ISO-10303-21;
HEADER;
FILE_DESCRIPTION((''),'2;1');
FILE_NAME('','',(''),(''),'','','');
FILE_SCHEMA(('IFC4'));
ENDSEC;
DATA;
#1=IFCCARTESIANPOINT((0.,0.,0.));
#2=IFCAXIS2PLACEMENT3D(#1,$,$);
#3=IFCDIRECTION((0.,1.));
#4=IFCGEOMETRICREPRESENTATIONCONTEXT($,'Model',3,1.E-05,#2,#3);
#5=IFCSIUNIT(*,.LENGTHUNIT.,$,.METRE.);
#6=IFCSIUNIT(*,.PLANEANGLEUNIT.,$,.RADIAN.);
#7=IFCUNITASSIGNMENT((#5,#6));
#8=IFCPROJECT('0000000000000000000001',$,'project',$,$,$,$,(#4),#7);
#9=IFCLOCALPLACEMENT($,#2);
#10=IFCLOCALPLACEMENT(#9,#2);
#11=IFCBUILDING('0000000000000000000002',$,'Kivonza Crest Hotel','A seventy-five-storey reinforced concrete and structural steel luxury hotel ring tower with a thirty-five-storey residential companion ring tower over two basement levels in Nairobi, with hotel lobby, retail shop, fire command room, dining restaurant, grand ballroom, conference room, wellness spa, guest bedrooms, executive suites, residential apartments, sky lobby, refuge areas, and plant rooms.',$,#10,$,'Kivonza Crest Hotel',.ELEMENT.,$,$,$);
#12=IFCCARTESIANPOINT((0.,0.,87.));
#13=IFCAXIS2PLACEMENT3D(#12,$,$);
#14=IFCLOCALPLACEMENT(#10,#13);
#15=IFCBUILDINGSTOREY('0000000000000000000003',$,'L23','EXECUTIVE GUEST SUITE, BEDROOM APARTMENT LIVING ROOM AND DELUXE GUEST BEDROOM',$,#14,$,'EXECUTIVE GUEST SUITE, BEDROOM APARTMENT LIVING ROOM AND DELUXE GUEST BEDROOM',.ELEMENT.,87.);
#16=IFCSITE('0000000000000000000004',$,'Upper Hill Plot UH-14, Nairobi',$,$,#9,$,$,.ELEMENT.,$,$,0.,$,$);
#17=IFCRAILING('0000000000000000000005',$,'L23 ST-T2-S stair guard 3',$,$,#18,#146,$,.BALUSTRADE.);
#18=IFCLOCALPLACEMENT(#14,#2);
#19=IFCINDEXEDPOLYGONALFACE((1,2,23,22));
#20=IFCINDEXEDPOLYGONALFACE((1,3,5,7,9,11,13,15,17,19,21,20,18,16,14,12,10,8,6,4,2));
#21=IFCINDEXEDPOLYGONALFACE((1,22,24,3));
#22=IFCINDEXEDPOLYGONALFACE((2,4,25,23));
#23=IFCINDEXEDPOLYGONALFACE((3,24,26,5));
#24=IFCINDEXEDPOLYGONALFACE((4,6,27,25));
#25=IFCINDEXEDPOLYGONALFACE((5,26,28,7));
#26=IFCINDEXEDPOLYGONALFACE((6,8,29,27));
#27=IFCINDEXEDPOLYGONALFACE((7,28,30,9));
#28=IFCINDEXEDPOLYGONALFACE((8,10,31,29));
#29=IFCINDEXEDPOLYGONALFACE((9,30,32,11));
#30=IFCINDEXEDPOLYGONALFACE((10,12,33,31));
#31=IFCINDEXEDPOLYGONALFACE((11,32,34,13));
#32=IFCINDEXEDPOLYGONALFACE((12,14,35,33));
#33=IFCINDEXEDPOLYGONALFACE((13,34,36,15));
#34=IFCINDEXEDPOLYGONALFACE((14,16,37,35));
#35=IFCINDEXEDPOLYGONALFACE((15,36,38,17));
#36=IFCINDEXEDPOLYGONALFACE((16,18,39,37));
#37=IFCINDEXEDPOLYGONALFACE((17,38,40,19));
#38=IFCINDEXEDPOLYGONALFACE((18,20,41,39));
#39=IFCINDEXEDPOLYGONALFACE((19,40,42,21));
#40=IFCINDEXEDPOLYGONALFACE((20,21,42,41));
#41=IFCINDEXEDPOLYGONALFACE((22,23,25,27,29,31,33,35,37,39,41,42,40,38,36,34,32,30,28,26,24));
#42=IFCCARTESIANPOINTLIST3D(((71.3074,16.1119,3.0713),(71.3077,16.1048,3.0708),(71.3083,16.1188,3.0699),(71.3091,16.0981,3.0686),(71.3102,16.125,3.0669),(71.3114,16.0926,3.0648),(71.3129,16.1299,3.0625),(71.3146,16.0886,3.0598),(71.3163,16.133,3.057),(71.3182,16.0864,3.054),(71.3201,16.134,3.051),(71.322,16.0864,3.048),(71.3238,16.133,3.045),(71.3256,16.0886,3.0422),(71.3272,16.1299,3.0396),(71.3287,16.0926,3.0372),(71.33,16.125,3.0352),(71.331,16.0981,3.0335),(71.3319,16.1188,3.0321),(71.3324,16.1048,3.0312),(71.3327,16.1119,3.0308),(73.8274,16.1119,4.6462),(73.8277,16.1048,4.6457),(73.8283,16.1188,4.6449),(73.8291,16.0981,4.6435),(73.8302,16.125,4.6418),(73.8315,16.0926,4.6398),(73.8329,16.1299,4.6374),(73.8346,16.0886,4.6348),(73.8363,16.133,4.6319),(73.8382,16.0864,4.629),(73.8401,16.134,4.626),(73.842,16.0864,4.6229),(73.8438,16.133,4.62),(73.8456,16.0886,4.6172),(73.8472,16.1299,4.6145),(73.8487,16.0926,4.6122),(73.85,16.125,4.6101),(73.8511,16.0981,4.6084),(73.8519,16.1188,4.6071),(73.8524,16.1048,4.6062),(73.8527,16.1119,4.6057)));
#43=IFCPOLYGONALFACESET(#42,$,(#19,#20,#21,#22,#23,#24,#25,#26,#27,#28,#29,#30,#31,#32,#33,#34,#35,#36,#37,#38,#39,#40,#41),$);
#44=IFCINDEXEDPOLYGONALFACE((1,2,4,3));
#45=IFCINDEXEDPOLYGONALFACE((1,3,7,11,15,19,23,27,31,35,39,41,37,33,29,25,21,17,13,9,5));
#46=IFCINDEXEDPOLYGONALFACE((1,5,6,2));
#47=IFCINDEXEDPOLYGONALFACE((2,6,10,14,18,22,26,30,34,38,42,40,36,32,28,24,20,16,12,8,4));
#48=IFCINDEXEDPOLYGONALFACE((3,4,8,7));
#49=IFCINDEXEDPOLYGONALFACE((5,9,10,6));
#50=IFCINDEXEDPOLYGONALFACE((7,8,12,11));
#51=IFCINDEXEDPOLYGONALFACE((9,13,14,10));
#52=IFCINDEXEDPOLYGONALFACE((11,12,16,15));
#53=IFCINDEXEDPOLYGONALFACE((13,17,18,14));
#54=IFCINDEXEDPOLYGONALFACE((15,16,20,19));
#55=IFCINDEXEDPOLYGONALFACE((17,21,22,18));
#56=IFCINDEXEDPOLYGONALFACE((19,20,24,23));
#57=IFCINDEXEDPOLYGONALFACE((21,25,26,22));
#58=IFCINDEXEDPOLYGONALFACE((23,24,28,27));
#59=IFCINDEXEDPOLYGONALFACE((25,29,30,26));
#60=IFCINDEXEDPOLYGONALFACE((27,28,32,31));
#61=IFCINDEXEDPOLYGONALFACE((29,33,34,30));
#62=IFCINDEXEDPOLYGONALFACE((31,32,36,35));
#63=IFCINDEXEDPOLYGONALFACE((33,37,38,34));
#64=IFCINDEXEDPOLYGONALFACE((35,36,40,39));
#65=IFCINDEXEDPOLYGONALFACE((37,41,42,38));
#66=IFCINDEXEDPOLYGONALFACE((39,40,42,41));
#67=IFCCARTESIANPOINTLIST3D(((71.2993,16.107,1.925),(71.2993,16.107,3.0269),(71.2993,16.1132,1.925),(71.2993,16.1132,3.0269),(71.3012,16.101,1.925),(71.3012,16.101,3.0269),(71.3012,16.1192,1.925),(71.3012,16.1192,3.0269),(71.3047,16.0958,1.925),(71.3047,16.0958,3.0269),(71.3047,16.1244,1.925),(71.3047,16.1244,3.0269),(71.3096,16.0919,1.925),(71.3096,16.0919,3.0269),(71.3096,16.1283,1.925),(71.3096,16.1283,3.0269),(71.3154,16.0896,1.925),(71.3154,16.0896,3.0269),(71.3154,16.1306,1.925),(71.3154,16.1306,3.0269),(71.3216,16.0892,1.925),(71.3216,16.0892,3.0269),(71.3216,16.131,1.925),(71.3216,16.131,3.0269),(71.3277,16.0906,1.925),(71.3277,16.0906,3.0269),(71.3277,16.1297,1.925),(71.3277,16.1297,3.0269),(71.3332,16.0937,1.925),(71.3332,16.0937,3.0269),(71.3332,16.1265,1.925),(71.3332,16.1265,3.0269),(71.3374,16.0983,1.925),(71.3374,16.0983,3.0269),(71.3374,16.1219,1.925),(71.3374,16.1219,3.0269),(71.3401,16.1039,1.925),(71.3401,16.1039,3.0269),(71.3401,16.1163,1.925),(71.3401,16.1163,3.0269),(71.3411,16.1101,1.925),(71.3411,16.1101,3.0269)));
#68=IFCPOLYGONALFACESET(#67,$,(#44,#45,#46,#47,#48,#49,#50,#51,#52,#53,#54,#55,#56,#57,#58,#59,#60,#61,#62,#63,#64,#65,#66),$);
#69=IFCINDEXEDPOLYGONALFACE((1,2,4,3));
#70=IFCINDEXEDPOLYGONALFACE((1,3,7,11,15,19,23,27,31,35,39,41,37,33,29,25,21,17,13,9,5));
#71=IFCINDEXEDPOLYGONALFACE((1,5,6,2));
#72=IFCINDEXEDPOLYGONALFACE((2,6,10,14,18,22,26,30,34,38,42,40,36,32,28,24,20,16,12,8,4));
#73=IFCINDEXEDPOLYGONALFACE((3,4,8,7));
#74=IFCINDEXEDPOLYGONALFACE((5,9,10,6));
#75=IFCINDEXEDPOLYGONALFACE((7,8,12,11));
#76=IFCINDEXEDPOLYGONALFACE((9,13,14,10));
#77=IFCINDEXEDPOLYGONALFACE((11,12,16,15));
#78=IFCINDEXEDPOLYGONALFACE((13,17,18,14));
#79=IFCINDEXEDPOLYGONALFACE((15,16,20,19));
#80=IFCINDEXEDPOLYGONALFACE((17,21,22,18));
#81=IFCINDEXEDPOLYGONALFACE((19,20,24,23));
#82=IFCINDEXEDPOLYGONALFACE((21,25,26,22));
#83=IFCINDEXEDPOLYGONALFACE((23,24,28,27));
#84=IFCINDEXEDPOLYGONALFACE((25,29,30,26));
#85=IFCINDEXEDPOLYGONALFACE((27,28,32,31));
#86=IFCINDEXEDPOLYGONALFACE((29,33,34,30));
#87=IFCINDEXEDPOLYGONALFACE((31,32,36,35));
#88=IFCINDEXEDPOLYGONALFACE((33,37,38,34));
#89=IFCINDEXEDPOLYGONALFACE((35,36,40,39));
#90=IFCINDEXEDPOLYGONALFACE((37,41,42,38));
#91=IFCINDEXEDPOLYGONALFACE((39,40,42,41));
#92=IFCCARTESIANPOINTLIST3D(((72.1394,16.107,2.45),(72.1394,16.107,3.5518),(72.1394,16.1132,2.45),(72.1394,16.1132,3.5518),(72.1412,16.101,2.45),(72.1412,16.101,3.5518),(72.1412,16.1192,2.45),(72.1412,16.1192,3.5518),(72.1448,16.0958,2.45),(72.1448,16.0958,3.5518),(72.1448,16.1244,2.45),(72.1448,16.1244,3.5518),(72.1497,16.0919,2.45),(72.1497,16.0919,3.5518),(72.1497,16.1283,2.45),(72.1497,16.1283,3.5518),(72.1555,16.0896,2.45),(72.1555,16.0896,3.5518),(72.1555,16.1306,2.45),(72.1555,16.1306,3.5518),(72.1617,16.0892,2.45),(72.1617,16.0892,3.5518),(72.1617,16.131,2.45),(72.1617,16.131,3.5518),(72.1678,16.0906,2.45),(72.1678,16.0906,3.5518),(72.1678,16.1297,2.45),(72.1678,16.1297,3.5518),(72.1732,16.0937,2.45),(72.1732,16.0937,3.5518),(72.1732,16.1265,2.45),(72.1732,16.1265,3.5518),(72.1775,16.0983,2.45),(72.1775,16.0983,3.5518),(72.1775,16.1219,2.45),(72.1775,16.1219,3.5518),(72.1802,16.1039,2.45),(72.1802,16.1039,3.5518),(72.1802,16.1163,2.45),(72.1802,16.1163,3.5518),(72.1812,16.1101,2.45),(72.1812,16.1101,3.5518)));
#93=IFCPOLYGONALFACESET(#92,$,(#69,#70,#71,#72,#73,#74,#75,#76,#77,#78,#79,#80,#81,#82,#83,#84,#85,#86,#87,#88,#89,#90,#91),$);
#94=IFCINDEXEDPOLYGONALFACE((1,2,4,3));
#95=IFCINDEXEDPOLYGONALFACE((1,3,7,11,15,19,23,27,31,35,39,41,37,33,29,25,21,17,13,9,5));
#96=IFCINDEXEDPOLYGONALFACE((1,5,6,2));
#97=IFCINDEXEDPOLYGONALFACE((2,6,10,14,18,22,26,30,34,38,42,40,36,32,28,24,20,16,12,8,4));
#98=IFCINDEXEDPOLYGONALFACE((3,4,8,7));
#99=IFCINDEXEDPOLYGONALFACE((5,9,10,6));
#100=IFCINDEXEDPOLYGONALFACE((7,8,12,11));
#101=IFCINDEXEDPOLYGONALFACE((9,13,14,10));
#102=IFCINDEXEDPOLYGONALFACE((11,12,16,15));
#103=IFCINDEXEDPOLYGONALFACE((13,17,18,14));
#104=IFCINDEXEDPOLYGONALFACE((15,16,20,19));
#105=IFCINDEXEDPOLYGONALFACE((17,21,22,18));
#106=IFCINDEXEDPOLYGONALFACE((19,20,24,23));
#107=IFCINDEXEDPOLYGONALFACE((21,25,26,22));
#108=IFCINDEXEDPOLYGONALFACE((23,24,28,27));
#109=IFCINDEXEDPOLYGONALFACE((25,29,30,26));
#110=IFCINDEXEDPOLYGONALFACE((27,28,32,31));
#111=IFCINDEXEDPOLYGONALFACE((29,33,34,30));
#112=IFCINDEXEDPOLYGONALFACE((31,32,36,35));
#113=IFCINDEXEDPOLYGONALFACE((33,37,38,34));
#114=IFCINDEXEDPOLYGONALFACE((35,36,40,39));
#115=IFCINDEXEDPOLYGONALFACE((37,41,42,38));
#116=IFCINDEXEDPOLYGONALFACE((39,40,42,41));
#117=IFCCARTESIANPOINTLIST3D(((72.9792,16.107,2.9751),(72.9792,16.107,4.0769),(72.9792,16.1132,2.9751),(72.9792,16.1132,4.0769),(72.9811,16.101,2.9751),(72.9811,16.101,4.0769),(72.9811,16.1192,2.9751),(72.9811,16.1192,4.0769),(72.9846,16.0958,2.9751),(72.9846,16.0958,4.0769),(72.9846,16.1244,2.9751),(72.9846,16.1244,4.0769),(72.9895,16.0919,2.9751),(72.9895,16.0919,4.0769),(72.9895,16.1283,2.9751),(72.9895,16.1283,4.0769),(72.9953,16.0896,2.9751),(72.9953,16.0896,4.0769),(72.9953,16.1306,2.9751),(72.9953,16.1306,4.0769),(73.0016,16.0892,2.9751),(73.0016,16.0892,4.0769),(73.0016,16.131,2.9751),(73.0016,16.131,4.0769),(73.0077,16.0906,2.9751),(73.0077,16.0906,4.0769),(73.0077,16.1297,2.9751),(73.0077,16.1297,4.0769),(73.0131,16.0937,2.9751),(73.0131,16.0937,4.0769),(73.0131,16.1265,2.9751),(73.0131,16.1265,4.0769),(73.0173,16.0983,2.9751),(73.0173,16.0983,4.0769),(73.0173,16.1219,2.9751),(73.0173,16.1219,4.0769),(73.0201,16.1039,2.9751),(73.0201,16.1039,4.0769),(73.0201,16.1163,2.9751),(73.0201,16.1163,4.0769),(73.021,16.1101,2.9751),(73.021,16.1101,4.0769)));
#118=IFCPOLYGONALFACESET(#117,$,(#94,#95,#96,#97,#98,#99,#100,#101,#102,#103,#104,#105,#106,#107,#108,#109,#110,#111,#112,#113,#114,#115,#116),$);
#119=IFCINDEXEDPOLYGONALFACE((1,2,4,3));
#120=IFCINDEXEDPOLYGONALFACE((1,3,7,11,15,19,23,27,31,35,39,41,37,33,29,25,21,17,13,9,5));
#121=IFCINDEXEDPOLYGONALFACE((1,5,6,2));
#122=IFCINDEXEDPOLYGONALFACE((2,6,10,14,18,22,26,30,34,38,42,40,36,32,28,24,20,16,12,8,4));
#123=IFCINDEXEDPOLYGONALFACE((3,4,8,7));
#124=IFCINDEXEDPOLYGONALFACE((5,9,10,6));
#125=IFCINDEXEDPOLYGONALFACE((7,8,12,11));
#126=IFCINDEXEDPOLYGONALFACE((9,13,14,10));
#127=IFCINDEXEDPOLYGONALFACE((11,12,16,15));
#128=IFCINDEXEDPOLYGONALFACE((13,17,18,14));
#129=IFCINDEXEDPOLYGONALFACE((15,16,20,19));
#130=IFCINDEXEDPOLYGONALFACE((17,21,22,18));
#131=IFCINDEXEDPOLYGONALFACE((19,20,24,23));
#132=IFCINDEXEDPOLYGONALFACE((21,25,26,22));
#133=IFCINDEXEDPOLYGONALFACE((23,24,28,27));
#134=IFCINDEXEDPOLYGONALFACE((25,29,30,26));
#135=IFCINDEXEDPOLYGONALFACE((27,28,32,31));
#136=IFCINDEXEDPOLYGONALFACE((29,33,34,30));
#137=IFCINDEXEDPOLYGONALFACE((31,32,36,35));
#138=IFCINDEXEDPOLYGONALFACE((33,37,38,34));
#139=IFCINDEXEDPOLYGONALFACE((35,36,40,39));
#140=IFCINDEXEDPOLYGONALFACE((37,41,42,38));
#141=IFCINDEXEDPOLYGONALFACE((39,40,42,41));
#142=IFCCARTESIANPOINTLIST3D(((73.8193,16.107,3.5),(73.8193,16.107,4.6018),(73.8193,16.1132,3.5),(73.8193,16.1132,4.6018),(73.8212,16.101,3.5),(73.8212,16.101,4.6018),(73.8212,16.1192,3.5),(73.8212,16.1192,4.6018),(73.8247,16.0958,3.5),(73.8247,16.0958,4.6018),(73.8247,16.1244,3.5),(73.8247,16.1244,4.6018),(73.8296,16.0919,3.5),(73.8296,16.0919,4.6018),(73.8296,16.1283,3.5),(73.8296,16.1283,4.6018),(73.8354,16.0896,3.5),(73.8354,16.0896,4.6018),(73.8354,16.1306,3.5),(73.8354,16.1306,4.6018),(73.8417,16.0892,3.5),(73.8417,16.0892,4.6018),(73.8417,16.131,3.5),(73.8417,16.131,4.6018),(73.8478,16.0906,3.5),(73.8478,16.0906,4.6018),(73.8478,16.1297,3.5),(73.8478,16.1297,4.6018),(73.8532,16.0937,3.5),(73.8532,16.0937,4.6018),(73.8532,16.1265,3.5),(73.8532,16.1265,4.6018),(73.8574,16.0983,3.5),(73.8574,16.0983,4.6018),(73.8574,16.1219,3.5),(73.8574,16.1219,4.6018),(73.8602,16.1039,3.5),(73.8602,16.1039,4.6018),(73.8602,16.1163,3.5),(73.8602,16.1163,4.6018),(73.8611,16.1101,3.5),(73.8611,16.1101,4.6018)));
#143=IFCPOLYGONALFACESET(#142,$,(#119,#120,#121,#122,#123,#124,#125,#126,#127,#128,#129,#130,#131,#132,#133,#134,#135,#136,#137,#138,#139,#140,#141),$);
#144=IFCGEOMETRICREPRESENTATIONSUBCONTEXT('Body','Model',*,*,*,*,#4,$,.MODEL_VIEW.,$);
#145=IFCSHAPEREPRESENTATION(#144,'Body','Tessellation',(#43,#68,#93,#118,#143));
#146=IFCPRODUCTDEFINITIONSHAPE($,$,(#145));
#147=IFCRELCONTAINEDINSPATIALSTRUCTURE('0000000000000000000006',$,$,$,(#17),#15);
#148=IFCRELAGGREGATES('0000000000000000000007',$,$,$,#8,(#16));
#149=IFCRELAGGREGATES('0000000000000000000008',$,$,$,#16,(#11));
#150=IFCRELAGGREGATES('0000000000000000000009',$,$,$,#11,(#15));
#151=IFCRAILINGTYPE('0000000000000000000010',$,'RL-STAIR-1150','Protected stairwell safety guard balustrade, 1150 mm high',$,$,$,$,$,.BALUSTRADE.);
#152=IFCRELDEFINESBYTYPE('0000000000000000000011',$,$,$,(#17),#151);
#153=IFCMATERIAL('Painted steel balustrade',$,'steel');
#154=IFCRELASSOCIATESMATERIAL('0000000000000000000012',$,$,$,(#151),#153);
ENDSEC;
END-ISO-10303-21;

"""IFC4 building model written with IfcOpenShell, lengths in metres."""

from ifc_helpers import new_model, si_unit, direction, frame, origin, origin_2d, place, context, subcontext, project, spatial, circle, extrude, material, type_object, element, save


model = new_model("IFC4")

# Units and contexts
model_context = context("Model", 3, precision=1e-05, world=origin(), true_north=direction((0.0, 1.0)))
body_context = subcontext(model_context, "Body", "Model", "MODEL_VIEW")
ifc_project = project(units=[si_unit("LENGTHUNIT", "METRE"), si_unit("PLANEANGLEUNIT", "RADIAN")], contexts=[model_context])

# Site, building, storey
site_placement = place(None, origin())
site = spatial("IfcSite", under=ifc_project, at=site_placement, Name="Upper Hill Plot UH-14, Nairobi", CompositionType="ELEMENT", RefElevation=0.0)
building_placement = place(site_placement, origin())
building = spatial("IfcBuilding", under=site, at=building_placement, Name="Kivonza Crest Hotel", Description="A seventy-five-storey reinforced concrete and structural steel luxury hotel ring tower with a thirty-five-storey residential companion ring tower over two basement levels in Nairobi, with hotel lobby, retail shop, fire command room, dining restaurant, grand ballroom, conference room, wellness spa, guest bedrooms, executive suites, residential apartments, sky lobby, refuge areas, and plant rooms.", LongName="Kivonza Crest Hotel", CompositionType="ELEMENT")
storey_placement = place(building_placement, frame((0.0, 0.0, 87.0)))
storey = spatial("IfcBuildingStorey", under=building, at=storey_placement, Name="L23", Description="EXECUTIVE GUEST SUITE, BEDROOM APARTMENT LIVING ROOM AND DELUXE GUEST BEDROOM", LongName="EXECUTIVE GUEST SUITE, BEDROOM APARTMENT LIVING ROOM AND DELUXE GUEST BEDROOM", CompositionType="ELEMENT", Elevation=87.0)

# Railing
ifc_material_1 = material(Name="Painted steel balustrade", Category="steel")
railing_type_1 = type_object("IfcRailingType", Name="RL-STAIR-1150", Description="Protected stairwell safety guard balustrade, 1150 mm high", PredefinedType="BALUSTRADE", material=ifc_material_1)
railing_1_placement = place(storey_placement, frame((71.3201, 16.1101, 1.925)))
element("IfcRailing", 1, at=railing_1_placement, inside=storey, type_object=railing_type_1, Name="L23 ST-T2-S stair guard 3", PredefinedType="BALUSTRADE", context=body_context, shape_type="SweptSolid", body=[
    extrude(circle(Radius=0.0239, at=origin_2d()), frame((0.0, 0.0, 1.126), z_axis=(0.848008, 0.0, 0.529984), x_axis=(0.0, 1.0, 0.0)), (0.0, 0.0, 1.0), 2.9717),
    extrude(circle(Radius=0.021, at=origin_2d()), origin(), (0.0, 0.0, 1.0), 1.1018),
    extrude(circle(Radius=0.021, at=origin_2d()), frame((0.8401, 0.0, 0.5249)), (0.0, 0.0, 1.0), 1.1018),
    extrude(circle(Radius=0.021, at=origin_2d()), frame((1.6799, 0.0, 1.05)), (0.0, 0.0, 1.0), 1.1018),
    extrude(circle(Radius=0.021, at=origin_2d()), frame((2.52, 0.0, 1.575)), (0.0, 0.0, 1.0), 1.1018),
])

save(model, "model.ifc")
